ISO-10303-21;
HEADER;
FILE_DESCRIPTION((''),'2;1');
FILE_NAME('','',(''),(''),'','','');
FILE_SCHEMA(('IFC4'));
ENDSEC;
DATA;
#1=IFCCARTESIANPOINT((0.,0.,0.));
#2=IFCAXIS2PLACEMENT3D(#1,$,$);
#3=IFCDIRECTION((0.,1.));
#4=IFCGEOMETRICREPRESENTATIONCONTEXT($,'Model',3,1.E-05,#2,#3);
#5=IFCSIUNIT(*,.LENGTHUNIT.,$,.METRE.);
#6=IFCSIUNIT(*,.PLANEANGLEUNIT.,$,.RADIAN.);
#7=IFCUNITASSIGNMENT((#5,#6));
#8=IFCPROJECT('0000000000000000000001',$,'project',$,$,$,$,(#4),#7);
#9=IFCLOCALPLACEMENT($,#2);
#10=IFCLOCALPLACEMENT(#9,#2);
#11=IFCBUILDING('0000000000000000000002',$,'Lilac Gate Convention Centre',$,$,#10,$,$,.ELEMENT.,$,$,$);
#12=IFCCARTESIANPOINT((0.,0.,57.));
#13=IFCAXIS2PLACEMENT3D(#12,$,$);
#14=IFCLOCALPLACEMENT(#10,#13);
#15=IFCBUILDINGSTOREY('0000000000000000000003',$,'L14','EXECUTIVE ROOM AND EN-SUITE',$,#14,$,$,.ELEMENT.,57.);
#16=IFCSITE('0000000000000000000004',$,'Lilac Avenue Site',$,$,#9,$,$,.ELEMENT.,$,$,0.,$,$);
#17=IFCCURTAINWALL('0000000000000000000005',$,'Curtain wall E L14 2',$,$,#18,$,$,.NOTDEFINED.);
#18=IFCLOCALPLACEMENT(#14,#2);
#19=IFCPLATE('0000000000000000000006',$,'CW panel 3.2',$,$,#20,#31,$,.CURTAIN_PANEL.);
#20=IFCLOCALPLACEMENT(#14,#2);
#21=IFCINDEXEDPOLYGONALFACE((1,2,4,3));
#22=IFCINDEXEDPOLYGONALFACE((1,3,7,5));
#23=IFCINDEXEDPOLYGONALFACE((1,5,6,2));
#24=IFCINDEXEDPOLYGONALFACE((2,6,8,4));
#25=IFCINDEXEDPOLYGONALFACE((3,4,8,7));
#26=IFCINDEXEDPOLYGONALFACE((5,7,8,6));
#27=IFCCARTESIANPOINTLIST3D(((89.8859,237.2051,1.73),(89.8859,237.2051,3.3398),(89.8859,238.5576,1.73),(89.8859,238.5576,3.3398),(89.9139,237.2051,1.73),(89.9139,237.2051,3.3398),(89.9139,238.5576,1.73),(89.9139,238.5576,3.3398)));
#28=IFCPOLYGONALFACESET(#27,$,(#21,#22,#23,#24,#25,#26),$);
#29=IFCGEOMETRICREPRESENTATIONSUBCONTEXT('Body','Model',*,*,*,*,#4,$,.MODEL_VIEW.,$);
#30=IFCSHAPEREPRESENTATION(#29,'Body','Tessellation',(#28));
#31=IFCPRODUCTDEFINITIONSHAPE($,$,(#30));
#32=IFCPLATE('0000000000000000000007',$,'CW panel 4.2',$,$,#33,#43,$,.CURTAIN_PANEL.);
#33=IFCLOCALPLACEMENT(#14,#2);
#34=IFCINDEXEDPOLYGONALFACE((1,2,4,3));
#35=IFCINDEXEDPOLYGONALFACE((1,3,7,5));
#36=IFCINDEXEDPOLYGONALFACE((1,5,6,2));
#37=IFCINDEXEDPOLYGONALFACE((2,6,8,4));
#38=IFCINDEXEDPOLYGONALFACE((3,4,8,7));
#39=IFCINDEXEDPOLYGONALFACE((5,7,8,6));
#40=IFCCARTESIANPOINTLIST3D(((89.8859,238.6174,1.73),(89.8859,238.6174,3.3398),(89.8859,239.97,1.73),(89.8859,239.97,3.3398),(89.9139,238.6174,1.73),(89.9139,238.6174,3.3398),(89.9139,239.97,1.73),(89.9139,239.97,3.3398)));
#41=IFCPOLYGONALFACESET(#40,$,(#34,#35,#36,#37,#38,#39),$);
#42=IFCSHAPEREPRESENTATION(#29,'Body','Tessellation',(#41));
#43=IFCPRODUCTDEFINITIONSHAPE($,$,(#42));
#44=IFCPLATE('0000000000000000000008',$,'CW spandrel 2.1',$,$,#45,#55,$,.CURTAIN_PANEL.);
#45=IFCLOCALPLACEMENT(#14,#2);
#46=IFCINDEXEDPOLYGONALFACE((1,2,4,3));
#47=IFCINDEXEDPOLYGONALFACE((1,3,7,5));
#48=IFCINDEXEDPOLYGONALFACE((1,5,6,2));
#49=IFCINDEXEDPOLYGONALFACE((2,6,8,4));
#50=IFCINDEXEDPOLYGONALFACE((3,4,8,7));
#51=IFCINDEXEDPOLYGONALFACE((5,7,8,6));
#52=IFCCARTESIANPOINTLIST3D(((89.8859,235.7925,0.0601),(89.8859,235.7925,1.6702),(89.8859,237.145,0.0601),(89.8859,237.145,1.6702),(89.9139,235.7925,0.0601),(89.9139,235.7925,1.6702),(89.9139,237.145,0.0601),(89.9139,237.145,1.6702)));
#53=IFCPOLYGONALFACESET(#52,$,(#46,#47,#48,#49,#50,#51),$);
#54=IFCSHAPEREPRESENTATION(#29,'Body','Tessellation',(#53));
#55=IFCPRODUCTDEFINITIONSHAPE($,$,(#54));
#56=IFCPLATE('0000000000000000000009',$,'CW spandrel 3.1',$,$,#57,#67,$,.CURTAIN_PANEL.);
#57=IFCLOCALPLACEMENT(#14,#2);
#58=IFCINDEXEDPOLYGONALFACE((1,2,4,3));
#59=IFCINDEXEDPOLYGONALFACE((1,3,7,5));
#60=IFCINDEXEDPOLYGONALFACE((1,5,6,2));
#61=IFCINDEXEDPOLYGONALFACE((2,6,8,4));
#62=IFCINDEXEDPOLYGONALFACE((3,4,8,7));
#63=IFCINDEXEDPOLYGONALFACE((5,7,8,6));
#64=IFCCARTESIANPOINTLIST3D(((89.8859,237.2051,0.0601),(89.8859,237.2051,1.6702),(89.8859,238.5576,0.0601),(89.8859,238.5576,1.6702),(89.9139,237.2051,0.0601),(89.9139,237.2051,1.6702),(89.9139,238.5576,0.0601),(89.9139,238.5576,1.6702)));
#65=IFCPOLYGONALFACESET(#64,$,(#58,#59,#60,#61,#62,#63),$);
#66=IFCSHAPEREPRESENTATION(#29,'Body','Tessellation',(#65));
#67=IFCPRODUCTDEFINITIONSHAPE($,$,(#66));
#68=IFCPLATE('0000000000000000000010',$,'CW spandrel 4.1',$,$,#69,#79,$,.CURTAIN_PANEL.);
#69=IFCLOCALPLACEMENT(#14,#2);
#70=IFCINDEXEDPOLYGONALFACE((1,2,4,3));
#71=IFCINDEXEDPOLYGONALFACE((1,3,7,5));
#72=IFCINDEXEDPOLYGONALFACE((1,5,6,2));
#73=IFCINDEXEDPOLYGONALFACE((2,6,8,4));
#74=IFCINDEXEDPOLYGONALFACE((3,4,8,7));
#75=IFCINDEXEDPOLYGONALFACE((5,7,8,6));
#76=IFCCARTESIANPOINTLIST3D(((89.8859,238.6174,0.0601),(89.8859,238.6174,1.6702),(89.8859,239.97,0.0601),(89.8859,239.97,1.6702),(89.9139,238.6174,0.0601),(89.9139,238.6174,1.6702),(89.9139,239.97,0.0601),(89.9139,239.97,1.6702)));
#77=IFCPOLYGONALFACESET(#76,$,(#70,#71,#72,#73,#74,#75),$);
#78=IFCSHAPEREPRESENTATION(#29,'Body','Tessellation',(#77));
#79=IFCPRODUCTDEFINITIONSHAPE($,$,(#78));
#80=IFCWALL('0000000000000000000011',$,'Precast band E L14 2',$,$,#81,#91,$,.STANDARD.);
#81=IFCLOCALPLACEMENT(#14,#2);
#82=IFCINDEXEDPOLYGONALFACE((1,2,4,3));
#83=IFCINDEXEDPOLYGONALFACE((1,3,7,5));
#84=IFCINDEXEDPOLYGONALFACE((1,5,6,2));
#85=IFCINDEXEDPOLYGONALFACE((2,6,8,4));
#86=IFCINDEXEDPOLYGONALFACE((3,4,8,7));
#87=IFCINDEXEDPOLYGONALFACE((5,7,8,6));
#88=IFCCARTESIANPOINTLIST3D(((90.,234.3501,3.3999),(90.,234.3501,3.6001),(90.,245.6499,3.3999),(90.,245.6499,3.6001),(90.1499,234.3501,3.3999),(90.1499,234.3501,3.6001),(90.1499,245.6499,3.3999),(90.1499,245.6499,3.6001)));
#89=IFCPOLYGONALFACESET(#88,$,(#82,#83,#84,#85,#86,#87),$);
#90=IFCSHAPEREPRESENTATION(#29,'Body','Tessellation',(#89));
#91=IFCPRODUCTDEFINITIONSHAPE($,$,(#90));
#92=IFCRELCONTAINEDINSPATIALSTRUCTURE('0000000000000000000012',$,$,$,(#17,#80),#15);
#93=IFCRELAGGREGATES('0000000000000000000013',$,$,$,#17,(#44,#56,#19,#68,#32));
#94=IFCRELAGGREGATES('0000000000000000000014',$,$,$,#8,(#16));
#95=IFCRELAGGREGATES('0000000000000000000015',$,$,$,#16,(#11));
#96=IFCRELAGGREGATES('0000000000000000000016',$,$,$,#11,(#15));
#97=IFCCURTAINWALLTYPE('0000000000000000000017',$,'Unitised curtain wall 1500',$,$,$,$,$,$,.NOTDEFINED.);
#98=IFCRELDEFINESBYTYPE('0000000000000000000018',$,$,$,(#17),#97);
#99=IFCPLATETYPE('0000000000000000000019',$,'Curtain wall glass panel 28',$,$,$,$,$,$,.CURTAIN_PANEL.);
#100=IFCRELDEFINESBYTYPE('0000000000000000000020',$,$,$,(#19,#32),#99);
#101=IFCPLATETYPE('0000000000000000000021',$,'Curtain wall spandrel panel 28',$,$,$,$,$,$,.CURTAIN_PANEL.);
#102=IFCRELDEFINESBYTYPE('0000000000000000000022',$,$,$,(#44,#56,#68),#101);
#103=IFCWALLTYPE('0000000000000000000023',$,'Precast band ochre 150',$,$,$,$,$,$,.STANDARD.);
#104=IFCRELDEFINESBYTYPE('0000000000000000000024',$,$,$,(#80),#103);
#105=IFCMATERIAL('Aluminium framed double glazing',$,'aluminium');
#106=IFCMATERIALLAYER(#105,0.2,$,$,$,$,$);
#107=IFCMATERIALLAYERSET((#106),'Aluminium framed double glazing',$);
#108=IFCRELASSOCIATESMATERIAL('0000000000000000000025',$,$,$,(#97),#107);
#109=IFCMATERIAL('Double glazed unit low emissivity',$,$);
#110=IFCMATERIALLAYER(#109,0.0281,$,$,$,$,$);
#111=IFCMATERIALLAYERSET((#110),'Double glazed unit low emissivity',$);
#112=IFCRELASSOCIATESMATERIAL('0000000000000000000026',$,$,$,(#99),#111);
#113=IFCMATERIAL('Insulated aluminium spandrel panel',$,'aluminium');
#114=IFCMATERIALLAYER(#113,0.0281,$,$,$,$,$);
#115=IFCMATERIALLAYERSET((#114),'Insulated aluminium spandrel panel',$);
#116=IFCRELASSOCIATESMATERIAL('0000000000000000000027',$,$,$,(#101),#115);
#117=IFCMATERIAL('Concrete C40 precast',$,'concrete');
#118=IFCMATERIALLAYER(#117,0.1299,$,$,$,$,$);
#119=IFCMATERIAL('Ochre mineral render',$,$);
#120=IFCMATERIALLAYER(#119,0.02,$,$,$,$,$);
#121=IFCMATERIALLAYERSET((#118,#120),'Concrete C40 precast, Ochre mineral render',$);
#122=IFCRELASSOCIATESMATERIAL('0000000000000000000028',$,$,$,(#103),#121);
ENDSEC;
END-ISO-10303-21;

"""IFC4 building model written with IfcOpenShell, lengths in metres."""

from ifc_helpers import new_model, si_unit, direction, frame, frame_2d, origin, origin_2d, place, context, subcontext, project, spatial, rectangle, extrude, material, layer, layer_set, type_object, element, aggregate, save


model = new_model("IFC4")

# Units and contexts
model_context = context("Model", 3, precision=1e-05, world=origin(), true_north=direction((0.0, 1.0)))
body_context = subcontext(model_context, "Body", "Model", "MODEL_VIEW")
ifc_project = project(units=[si_unit("LENGTHUNIT", "METRE"), si_unit("PLANEANGLEUNIT", "RADIAN")], contexts=[model_context])

# Site, building, storey
site_placement = place(None, origin())
site = spatial("IfcSite", under=ifc_project, at=site_placement, Name="Lilac Avenue Site", CompositionType="ELEMENT", RefElevation=0.0)
building_placement = place(site_placement, origin())
building = spatial("IfcBuilding", under=site, at=building_placement, Name="Lilac Gate Convention Centre", CompositionType="ELEMENT")
storey_placement = place(building_placement, frame((0.0, 0.0, 57.0)))
storey = spatial("IfcBuildingStorey", under=building, at=storey_placement, Name="L14", Description="EXECUTIVE ROOM AND EN-SUITE", CompositionType="ELEMENT", Elevation=57.0)

# Curtain wall
ifc_material_1 = material(Name="Aluminium framed double glazing", Category="aluminium")
ifc_layer_1 = layer(ifc_material_1, 0.2)
ifc_layer_set_1 = layer_set([ifc_layer_1], Name="Aluminium framed double glazing")
curtain_wall_type = type_object("IfcCurtainWallType", Name="Unitised curtain wall 1500", PredefinedType="NOTDEFINED", material=ifc_layer_set_1)
curtain_wall_placement = place(storey_placement, origin())
curtain_wall = element("IfcCurtainWall", 1, at=curtain_wall_placement, inside=storey, type_object=curtain_wall_type, Name="Curtain wall E L14 2", PredefinedType="NOTDEFINED")

# Plates
ifc_material_2 = material(Name="Double glazed unit low emissivity")
ifc_layer_2 = layer(ifc_material_2, 0.0281)
ifc_layer_set_2 = layer_set([ifc_layer_2], Name="Double glazed unit low emissivity")
plate_type_1 = type_object("IfcPlateType", Name="Curtain wall glass panel 28", PredefinedType="CURTAIN_PANEL", material=ifc_layer_set_2)
plate_1_placement = place(storey_placement, frame((89.8999, 237.8813, 1.73), z_axis=(0.0, 0.0, 1.0), x_axis=(0.0, 1.0, 0.0)))
plate_1 = element("IfcPlate", 2, at=plate_1_placement, type_object=plate_type_1, Name="CW panel 3.2", PredefinedType="CURTAIN_PANEL", context=body_context, shape_type="SweptSolid", body=[
    extrude(rectangle(XDim=1.3525, YDim=0.0281, at=origin_2d()), origin(), (0.0, 0.0, 1.0), 1.6099),
])
plate_2_placement = place(storey_placement, frame((89.8999, 239.2937, 1.73), z_axis=(0.0, 0.0, 1.0), x_axis=(0.0, 1.0, 0.0)))
plate_2 = element("IfcPlate", 3, at=plate_2_placement, type_object=plate_type_1, Name="CW panel 4.2", PredefinedType="CURTAIN_PANEL", context=body_context, shape_type="SweptSolid", body=[
    extrude(rectangle(XDim=1.3525, YDim=0.0281, at=origin_2d()), origin(), (0.0, 0.0, 1.0), 1.6099),
])
ifc_material_3 = material(Name="Insulated aluminium spandrel panel", Category="aluminium")
ifc_layer_3 = layer(ifc_material_3, 0.0281)
ifc_layer_set_3 = layer_set([ifc_layer_3], Name="Insulated aluminium spandrel panel")
plate_type_2 = type_object("IfcPlateType", Name="Curtain wall spandrel panel 28", PredefinedType="CURTAIN_PANEL", material=ifc_layer_set_3)
plate_3_placement = place(storey_placement, frame((89.8999, 236.4688, 0.0601), z_axis=(0.0, 0.0, 1.0), x_axis=(0.0, 1.0, 0.0)))
plate_3 = element("IfcPlate", 4, at=plate_3_placement, type_object=plate_type_2, Name="CW spandrel 2.1", PredefinedType="CURTAIN_PANEL", context=body_context, shape_type="SweptSolid", body=[
    extrude(rectangle(XDim=1.3525, YDim=0.0281, at=origin_2d()), origin(), (0.0, 0.0, 1.0), 1.6101),
])
plate_4_placement = place(storey_placement, frame((89.8999, 237.8813, 0.0601), z_axis=(0.0, 0.0, 1.0), x_axis=(0.0, 1.0, 0.0)))
plate_4 = element("IfcPlate", 5, at=plate_4_placement, type_object=plate_type_2, Name="CW spandrel 3.1", PredefinedType="CURTAIN_PANEL", context=body_context, shape_type="SweptSolid", body=[
    extrude(rectangle(XDim=1.3525, YDim=0.0281, at=origin_2d()), origin(), (0.0, 0.0, 1.0), 1.6101),
])
plate_5_placement = place(storey_placement, frame((89.8999, 239.2937, 0.0601), z_axis=(0.0, 0.0, 1.0), x_axis=(0.0, 1.0, 0.0)))
plate_5 = element("IfcPlate", 6, at=plate_5_placement, type_object=plate_type_2, Name="CW spandrel 4.1", PredefinedType="CURTAIN_PANEL", context=body_context, shape_type="SweptSolid", body=[
    extrude(rectangle(XDim=1.3525, YDim=0.0281, at=origin_2d()), origin(), (0.0, 0.0, 1.0), 1.6101),
])
aggregate(curtain_wall, [plate_3, plate_4, plate_1, plate_5, plate_2])

# Wall
ifc_material_4 = material(Name="Concrete C40 precast", Category="concrete")
ifc_layer_4 = layer(ifc_material_4, 0.1299)
ifc_material_5 = material(Name="Ochre mineral render")
ifc_layer_5 = layer(ifc_material_5, 0.02)
ifc_layer_set_4 = layer_set([ifc_layer_4, ifc_layer_5], Name="Concrete C40 precast, Ochre mineral render")
wall_type = type_object("IfcWallType", Name="Precast band ochre 150", PredefinedType="STANDARD", material=ifc_layer_set_4)
wall_placement = place(storey_placement, frame((90.075, 234.3501, 3.3999), z_axis=(0.0, 0.0, 1.0), x_axis=(0.0, 1.0, 0.0)))
element("IfcWall", 7, at=wall_placement, inside=storey, type_object=wall_type, Name="Precast band E L14 2", PredefinedType="STANDARD", context=body_context, shape_type="SweptSolid", body=[
    extrude(rectangle(XDim=11.2998, YDim=0.1499, at=frame_2d((5.6499, 0.0))), origin(), (0.0, 0.0, 1.0), 0.2002),
])

save(model, "model.ifc")
